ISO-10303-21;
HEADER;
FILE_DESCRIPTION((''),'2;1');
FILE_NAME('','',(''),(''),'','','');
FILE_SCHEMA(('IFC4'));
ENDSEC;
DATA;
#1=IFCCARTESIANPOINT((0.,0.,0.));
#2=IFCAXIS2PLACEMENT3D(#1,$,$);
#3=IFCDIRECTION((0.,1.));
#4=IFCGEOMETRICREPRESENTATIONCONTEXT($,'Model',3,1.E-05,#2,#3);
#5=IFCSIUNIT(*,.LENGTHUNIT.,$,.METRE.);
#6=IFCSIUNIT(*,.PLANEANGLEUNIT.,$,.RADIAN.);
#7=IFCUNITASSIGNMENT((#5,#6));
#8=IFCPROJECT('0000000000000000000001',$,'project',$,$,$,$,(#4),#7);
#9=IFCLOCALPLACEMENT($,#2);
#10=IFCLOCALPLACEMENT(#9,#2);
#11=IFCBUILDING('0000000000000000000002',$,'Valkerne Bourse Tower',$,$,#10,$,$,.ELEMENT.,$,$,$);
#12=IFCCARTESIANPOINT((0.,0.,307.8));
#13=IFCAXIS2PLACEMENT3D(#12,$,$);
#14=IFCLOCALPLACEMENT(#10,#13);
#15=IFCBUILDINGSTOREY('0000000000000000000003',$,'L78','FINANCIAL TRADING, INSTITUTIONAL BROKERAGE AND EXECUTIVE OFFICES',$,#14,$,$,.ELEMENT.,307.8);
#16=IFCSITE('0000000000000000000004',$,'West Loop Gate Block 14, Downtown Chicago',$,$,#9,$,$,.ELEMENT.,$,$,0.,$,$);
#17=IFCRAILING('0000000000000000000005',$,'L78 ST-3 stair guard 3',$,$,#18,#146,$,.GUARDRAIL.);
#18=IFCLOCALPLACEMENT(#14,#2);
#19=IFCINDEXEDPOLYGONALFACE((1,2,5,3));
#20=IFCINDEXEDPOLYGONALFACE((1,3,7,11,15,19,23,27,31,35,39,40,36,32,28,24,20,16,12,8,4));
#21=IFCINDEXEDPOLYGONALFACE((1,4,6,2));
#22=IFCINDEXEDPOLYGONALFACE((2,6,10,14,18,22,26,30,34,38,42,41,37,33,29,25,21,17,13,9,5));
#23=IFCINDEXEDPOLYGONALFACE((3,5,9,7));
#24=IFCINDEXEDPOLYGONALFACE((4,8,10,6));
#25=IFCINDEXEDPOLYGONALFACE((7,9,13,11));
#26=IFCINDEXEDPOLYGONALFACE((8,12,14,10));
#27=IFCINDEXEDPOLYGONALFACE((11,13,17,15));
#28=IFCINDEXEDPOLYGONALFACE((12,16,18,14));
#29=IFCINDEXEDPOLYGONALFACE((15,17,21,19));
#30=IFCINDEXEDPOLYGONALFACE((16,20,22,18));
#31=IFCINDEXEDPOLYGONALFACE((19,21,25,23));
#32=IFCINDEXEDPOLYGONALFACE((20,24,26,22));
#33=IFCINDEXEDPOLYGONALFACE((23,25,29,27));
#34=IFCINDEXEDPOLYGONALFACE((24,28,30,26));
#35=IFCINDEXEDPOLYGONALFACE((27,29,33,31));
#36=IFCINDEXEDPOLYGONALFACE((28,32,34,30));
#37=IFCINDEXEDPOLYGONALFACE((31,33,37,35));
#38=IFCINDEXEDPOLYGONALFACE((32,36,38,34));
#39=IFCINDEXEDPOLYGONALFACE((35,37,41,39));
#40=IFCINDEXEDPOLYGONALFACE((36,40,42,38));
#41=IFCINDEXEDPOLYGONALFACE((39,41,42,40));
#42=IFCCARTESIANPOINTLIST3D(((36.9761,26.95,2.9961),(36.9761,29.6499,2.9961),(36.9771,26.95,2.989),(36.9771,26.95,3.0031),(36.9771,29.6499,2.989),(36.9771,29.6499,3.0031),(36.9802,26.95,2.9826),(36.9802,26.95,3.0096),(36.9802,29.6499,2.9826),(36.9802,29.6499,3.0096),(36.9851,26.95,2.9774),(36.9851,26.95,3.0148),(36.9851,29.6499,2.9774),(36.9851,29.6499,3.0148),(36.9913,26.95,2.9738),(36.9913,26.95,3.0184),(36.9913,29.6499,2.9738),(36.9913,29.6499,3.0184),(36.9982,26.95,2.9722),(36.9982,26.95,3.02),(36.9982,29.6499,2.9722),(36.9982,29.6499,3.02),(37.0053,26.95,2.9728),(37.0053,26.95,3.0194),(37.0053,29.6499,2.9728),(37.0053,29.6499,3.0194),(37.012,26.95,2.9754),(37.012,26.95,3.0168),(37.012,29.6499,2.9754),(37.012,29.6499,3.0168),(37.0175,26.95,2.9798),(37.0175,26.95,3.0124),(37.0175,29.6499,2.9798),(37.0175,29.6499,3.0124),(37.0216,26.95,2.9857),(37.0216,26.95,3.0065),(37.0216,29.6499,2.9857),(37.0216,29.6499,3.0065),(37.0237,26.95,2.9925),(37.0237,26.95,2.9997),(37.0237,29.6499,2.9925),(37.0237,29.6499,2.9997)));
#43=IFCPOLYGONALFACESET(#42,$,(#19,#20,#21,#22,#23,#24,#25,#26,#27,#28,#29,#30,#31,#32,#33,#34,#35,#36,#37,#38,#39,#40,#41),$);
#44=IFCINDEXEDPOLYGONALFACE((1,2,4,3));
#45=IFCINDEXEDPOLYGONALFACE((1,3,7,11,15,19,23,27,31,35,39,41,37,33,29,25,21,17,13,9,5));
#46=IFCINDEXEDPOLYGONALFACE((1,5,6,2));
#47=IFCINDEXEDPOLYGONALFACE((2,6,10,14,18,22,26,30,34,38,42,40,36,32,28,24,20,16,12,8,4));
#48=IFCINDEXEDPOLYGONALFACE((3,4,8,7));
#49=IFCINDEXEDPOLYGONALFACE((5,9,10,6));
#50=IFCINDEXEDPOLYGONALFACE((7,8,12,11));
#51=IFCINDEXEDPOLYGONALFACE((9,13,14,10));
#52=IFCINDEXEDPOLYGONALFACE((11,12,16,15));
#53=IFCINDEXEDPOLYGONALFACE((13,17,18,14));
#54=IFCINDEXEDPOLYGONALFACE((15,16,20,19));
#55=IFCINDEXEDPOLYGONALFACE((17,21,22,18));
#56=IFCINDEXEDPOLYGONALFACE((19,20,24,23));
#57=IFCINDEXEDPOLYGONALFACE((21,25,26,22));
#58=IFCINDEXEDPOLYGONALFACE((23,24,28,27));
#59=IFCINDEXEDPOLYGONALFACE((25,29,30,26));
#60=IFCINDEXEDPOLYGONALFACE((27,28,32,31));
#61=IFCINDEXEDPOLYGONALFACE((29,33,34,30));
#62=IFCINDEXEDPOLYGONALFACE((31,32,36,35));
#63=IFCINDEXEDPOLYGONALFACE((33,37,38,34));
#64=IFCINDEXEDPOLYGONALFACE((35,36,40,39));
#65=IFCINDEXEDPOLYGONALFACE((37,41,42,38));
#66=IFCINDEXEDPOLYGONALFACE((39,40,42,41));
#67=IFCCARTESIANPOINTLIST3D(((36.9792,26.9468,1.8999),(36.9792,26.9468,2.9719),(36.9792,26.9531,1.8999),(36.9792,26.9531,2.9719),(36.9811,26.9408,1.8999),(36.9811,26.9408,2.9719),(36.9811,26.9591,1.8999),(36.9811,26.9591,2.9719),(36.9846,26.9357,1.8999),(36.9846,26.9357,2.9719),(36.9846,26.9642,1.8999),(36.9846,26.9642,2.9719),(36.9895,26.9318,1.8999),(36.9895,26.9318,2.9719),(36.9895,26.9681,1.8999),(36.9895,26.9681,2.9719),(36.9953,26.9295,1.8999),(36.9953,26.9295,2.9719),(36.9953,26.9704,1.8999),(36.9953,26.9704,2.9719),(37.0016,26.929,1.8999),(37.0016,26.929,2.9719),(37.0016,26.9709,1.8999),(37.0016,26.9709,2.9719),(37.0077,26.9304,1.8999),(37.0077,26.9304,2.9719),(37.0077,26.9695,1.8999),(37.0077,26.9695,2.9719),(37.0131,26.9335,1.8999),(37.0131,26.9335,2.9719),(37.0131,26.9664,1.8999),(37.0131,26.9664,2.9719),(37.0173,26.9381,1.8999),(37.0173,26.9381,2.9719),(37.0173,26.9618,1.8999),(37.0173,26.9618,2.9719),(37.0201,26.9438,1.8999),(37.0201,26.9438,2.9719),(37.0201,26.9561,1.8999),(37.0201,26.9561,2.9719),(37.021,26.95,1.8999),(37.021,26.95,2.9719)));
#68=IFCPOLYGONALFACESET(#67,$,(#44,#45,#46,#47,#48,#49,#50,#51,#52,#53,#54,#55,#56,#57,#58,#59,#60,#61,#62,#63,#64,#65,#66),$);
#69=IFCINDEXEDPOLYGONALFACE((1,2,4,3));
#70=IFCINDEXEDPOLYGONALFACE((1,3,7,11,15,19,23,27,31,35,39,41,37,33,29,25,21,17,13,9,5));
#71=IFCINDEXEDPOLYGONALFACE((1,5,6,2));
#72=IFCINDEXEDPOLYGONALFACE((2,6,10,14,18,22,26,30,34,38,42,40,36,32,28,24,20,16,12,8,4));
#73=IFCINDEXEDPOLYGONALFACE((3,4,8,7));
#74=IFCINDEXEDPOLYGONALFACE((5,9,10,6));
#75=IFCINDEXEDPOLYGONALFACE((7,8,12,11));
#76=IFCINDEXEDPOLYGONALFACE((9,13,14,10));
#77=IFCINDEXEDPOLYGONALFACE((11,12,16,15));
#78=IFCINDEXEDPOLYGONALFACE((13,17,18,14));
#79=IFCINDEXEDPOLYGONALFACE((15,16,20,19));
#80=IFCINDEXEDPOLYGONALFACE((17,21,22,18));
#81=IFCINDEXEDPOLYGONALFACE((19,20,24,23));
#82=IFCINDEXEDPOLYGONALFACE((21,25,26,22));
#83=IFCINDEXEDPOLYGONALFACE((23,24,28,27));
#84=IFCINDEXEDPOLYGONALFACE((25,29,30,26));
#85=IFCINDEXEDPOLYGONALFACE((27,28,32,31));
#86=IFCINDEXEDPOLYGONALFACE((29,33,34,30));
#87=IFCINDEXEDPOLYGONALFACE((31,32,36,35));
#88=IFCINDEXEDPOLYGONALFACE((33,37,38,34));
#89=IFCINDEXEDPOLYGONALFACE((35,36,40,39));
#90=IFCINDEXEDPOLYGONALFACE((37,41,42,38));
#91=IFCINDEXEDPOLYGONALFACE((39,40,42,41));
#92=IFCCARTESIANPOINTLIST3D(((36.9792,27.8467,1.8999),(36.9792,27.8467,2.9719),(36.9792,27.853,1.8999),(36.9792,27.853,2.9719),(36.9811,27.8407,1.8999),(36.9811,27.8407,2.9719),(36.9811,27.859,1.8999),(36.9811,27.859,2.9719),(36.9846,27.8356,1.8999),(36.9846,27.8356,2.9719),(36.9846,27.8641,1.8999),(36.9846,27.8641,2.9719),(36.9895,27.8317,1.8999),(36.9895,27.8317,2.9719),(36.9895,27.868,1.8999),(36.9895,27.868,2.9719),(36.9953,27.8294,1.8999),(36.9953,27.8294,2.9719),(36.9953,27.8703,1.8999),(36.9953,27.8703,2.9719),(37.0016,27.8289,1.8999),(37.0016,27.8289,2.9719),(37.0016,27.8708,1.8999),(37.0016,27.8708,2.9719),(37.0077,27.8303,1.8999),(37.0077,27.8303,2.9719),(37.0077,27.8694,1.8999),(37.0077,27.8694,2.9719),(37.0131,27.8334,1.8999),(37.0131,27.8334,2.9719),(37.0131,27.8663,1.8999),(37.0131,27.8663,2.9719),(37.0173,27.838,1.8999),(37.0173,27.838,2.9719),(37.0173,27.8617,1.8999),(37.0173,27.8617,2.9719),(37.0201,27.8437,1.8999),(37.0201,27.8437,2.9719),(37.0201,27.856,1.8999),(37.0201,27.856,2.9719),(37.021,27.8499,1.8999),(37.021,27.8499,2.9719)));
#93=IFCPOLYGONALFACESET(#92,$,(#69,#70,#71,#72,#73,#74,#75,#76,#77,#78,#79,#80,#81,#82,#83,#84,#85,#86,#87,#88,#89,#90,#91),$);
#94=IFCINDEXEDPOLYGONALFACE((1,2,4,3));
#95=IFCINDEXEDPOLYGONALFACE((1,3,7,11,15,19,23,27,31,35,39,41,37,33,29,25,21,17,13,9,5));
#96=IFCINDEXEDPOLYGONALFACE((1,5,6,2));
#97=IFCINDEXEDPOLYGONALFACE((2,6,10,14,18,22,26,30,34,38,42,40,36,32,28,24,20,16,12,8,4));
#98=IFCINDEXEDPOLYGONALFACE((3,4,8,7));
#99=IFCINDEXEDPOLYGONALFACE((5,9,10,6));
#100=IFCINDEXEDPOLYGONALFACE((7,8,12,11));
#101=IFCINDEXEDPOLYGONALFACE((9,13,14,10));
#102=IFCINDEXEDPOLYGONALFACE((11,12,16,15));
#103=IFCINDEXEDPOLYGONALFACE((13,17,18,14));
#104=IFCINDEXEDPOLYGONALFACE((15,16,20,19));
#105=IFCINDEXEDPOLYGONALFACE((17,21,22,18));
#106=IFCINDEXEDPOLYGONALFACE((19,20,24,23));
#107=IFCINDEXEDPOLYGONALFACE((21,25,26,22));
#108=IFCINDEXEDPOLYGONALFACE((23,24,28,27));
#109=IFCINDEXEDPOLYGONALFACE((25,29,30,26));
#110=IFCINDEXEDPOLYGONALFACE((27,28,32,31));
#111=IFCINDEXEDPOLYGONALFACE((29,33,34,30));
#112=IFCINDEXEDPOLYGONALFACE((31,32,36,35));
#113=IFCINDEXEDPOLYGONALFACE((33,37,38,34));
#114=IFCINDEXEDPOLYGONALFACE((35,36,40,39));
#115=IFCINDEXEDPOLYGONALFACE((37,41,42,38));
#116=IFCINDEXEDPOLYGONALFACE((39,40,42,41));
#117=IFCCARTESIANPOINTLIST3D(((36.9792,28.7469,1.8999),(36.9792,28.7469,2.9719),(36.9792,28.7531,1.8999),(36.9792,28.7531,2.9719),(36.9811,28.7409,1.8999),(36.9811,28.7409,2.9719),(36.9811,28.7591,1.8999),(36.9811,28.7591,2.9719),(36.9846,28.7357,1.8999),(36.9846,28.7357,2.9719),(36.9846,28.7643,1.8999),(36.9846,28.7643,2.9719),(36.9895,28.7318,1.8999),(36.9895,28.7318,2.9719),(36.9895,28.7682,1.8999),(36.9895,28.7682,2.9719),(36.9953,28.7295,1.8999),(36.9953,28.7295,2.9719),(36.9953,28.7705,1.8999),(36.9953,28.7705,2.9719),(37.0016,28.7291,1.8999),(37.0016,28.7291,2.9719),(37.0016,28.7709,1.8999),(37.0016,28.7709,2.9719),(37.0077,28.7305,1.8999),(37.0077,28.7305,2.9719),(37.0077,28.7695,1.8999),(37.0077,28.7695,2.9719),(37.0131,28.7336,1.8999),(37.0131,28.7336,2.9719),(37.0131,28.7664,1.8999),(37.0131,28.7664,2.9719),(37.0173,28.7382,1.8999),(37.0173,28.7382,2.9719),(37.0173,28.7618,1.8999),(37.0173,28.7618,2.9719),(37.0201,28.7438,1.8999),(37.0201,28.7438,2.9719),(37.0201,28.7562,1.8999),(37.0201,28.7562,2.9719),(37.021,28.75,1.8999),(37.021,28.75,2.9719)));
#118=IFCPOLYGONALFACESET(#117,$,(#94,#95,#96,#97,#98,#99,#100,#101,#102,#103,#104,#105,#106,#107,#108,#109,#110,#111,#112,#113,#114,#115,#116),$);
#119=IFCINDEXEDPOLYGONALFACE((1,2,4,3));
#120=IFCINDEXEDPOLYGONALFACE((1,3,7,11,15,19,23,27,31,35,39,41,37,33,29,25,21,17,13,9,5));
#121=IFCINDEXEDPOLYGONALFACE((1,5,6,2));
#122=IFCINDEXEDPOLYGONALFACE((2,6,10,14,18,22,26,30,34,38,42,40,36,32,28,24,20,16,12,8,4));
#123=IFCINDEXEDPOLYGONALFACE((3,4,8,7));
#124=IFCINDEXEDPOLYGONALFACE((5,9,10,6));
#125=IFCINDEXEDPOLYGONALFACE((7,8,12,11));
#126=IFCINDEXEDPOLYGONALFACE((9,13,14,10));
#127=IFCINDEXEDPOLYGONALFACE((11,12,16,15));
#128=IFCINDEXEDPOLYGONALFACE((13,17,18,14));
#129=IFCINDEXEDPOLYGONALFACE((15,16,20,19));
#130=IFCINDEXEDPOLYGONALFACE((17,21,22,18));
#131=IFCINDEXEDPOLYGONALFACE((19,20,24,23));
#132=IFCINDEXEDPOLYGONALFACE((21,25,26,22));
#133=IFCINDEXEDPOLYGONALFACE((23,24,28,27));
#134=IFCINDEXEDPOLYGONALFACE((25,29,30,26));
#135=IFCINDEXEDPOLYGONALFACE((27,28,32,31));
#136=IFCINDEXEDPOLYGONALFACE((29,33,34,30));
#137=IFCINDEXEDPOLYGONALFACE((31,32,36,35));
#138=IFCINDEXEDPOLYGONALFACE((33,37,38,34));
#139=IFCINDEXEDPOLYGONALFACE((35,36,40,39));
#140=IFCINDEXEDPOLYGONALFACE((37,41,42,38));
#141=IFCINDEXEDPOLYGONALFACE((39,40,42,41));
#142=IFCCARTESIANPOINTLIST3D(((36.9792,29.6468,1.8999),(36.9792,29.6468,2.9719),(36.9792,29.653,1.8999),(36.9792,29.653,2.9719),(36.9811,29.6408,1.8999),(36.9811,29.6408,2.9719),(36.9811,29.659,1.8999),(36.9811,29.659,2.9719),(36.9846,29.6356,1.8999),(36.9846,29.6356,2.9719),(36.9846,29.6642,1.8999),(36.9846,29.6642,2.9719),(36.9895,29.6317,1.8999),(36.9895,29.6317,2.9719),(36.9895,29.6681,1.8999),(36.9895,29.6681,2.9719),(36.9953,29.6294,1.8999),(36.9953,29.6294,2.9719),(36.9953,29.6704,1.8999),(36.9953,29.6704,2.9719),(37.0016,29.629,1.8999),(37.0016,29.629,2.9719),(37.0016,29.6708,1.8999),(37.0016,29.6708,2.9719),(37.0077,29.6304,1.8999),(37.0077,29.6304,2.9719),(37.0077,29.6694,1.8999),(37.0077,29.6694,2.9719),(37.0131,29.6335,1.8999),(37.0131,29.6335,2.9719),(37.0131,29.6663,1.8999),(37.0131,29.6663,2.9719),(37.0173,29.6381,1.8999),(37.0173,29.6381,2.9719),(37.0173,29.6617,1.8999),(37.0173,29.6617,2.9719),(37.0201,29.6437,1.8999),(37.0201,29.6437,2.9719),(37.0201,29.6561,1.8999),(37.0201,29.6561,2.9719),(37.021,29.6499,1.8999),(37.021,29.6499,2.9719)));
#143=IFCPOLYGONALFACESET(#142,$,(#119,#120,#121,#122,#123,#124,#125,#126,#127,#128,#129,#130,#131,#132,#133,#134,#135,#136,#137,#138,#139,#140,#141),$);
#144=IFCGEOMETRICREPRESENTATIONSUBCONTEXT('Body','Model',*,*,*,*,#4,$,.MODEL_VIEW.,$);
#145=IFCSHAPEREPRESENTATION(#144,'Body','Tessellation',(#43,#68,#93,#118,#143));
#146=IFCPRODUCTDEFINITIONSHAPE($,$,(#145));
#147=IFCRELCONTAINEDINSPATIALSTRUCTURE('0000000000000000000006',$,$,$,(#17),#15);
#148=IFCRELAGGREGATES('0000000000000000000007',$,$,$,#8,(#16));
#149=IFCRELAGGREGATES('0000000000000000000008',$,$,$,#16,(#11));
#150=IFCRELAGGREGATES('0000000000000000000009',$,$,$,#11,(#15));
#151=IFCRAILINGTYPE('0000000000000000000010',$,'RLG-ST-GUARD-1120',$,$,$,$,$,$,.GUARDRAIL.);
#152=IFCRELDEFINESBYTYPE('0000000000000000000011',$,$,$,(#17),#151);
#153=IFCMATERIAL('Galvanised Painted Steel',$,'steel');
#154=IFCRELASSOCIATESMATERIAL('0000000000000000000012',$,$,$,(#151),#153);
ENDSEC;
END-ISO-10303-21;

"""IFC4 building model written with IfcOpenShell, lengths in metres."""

from ifc_helpers import new_model, si_unit, direction, frame, origin, origin_2d, place, context, subcontext, project, spatial, circle, extrude, material, type_object, element, save


model = new_model("IFC4")

# Units and contexts
model_context = context("Model", 3, precision=1e-05, world=origin(), true_north=direction((0.0, 1.0)))
body_context = subcontext(model_context, "Body", "Model", "MODEL_VIEW")
ifc_project = project(units=[si_unit("LENGTHUNIT", "METRE"), si_unit("PLANEANGLEUNIT", "RADIAN")], contexts=[model_context])

# Site, building, storey
site_placement = place(None, origin())
site = spatial("IfcSite", under=ifc_project, at=site_placement, Name="West Loop Gate Block 14, Downtown Chicago", CompositionType="ELEMENT", RefElevation=0.0)
building_placement = place(site_placement, origin())
building = spatial("IfcBuilding", under=site, at=building_placement, Name="Valkerne Bourse Tower", CompositionType="ELEMENT")
storey_placement = place(building_placement, frame((0.0, 0.0, 307.8)))
storey = spatial("IfcBuildingStorey", under=building, at=storey_placement, Name="L78", Description="FINANCIAL TRADING, INSTITUTIONAL BROKERAGE AND EXECUTIVE OFFICES", CompositionType="ELEMENT", Elevation=307.8)

# Railing
ifc_material_1 = material(Name="Galvanised Painted Steel", Category="steel")
railing_type_1 = type_object("IfcRailingType", Name="RLG-ST-GUARD-1120", PredefinedType="GUARDRAIL", material=ifc_material_1)
railing_1_placement = place(storey_placement, frame((37.0, 26.95, 1.8999)))
element("IfcRailing", 1, at=railing_1_placement, inside=storey, type_object=railing_type_1, Name="L78 ST-3 stair guard 3", PredefinedType="GUARDRAIL", context=body_context, shape_type="SweptSolid", body=[
    extrude(circle(Radius=0.0239, at=origin_2d()), frame((0.0, 0.0, 1.0962), z_axis=(0.0, 1.0, 0.0), x_axis=(-1.0, 0.0, 0.0)), (0.0, 0.0, 1.0), 2.7),
    extrude(circle(Radius=0.021, at=origin_2d()), origin(), (0.0, 0.0, 1.0), 1.072),
    extrude(circle(Radius=0.021, at=origin_2d()), frame((0.0, 0.8999, 0.0)), (0.0, 0.0, 1.0), 1.072),
    extrude(circle(Radius=0.021, at=origin_2d()), frame((0.0, 1.8, 0.0)), (0.0, 0.0, 1.0), 1.072),
    extrude(circle(Radius=0.021, at=origin_2d()), frame((0.0, 2.7, 0.0)), (0.0, 0.0, 1.0), 1.072),
])

save(model, "model.ifc")
